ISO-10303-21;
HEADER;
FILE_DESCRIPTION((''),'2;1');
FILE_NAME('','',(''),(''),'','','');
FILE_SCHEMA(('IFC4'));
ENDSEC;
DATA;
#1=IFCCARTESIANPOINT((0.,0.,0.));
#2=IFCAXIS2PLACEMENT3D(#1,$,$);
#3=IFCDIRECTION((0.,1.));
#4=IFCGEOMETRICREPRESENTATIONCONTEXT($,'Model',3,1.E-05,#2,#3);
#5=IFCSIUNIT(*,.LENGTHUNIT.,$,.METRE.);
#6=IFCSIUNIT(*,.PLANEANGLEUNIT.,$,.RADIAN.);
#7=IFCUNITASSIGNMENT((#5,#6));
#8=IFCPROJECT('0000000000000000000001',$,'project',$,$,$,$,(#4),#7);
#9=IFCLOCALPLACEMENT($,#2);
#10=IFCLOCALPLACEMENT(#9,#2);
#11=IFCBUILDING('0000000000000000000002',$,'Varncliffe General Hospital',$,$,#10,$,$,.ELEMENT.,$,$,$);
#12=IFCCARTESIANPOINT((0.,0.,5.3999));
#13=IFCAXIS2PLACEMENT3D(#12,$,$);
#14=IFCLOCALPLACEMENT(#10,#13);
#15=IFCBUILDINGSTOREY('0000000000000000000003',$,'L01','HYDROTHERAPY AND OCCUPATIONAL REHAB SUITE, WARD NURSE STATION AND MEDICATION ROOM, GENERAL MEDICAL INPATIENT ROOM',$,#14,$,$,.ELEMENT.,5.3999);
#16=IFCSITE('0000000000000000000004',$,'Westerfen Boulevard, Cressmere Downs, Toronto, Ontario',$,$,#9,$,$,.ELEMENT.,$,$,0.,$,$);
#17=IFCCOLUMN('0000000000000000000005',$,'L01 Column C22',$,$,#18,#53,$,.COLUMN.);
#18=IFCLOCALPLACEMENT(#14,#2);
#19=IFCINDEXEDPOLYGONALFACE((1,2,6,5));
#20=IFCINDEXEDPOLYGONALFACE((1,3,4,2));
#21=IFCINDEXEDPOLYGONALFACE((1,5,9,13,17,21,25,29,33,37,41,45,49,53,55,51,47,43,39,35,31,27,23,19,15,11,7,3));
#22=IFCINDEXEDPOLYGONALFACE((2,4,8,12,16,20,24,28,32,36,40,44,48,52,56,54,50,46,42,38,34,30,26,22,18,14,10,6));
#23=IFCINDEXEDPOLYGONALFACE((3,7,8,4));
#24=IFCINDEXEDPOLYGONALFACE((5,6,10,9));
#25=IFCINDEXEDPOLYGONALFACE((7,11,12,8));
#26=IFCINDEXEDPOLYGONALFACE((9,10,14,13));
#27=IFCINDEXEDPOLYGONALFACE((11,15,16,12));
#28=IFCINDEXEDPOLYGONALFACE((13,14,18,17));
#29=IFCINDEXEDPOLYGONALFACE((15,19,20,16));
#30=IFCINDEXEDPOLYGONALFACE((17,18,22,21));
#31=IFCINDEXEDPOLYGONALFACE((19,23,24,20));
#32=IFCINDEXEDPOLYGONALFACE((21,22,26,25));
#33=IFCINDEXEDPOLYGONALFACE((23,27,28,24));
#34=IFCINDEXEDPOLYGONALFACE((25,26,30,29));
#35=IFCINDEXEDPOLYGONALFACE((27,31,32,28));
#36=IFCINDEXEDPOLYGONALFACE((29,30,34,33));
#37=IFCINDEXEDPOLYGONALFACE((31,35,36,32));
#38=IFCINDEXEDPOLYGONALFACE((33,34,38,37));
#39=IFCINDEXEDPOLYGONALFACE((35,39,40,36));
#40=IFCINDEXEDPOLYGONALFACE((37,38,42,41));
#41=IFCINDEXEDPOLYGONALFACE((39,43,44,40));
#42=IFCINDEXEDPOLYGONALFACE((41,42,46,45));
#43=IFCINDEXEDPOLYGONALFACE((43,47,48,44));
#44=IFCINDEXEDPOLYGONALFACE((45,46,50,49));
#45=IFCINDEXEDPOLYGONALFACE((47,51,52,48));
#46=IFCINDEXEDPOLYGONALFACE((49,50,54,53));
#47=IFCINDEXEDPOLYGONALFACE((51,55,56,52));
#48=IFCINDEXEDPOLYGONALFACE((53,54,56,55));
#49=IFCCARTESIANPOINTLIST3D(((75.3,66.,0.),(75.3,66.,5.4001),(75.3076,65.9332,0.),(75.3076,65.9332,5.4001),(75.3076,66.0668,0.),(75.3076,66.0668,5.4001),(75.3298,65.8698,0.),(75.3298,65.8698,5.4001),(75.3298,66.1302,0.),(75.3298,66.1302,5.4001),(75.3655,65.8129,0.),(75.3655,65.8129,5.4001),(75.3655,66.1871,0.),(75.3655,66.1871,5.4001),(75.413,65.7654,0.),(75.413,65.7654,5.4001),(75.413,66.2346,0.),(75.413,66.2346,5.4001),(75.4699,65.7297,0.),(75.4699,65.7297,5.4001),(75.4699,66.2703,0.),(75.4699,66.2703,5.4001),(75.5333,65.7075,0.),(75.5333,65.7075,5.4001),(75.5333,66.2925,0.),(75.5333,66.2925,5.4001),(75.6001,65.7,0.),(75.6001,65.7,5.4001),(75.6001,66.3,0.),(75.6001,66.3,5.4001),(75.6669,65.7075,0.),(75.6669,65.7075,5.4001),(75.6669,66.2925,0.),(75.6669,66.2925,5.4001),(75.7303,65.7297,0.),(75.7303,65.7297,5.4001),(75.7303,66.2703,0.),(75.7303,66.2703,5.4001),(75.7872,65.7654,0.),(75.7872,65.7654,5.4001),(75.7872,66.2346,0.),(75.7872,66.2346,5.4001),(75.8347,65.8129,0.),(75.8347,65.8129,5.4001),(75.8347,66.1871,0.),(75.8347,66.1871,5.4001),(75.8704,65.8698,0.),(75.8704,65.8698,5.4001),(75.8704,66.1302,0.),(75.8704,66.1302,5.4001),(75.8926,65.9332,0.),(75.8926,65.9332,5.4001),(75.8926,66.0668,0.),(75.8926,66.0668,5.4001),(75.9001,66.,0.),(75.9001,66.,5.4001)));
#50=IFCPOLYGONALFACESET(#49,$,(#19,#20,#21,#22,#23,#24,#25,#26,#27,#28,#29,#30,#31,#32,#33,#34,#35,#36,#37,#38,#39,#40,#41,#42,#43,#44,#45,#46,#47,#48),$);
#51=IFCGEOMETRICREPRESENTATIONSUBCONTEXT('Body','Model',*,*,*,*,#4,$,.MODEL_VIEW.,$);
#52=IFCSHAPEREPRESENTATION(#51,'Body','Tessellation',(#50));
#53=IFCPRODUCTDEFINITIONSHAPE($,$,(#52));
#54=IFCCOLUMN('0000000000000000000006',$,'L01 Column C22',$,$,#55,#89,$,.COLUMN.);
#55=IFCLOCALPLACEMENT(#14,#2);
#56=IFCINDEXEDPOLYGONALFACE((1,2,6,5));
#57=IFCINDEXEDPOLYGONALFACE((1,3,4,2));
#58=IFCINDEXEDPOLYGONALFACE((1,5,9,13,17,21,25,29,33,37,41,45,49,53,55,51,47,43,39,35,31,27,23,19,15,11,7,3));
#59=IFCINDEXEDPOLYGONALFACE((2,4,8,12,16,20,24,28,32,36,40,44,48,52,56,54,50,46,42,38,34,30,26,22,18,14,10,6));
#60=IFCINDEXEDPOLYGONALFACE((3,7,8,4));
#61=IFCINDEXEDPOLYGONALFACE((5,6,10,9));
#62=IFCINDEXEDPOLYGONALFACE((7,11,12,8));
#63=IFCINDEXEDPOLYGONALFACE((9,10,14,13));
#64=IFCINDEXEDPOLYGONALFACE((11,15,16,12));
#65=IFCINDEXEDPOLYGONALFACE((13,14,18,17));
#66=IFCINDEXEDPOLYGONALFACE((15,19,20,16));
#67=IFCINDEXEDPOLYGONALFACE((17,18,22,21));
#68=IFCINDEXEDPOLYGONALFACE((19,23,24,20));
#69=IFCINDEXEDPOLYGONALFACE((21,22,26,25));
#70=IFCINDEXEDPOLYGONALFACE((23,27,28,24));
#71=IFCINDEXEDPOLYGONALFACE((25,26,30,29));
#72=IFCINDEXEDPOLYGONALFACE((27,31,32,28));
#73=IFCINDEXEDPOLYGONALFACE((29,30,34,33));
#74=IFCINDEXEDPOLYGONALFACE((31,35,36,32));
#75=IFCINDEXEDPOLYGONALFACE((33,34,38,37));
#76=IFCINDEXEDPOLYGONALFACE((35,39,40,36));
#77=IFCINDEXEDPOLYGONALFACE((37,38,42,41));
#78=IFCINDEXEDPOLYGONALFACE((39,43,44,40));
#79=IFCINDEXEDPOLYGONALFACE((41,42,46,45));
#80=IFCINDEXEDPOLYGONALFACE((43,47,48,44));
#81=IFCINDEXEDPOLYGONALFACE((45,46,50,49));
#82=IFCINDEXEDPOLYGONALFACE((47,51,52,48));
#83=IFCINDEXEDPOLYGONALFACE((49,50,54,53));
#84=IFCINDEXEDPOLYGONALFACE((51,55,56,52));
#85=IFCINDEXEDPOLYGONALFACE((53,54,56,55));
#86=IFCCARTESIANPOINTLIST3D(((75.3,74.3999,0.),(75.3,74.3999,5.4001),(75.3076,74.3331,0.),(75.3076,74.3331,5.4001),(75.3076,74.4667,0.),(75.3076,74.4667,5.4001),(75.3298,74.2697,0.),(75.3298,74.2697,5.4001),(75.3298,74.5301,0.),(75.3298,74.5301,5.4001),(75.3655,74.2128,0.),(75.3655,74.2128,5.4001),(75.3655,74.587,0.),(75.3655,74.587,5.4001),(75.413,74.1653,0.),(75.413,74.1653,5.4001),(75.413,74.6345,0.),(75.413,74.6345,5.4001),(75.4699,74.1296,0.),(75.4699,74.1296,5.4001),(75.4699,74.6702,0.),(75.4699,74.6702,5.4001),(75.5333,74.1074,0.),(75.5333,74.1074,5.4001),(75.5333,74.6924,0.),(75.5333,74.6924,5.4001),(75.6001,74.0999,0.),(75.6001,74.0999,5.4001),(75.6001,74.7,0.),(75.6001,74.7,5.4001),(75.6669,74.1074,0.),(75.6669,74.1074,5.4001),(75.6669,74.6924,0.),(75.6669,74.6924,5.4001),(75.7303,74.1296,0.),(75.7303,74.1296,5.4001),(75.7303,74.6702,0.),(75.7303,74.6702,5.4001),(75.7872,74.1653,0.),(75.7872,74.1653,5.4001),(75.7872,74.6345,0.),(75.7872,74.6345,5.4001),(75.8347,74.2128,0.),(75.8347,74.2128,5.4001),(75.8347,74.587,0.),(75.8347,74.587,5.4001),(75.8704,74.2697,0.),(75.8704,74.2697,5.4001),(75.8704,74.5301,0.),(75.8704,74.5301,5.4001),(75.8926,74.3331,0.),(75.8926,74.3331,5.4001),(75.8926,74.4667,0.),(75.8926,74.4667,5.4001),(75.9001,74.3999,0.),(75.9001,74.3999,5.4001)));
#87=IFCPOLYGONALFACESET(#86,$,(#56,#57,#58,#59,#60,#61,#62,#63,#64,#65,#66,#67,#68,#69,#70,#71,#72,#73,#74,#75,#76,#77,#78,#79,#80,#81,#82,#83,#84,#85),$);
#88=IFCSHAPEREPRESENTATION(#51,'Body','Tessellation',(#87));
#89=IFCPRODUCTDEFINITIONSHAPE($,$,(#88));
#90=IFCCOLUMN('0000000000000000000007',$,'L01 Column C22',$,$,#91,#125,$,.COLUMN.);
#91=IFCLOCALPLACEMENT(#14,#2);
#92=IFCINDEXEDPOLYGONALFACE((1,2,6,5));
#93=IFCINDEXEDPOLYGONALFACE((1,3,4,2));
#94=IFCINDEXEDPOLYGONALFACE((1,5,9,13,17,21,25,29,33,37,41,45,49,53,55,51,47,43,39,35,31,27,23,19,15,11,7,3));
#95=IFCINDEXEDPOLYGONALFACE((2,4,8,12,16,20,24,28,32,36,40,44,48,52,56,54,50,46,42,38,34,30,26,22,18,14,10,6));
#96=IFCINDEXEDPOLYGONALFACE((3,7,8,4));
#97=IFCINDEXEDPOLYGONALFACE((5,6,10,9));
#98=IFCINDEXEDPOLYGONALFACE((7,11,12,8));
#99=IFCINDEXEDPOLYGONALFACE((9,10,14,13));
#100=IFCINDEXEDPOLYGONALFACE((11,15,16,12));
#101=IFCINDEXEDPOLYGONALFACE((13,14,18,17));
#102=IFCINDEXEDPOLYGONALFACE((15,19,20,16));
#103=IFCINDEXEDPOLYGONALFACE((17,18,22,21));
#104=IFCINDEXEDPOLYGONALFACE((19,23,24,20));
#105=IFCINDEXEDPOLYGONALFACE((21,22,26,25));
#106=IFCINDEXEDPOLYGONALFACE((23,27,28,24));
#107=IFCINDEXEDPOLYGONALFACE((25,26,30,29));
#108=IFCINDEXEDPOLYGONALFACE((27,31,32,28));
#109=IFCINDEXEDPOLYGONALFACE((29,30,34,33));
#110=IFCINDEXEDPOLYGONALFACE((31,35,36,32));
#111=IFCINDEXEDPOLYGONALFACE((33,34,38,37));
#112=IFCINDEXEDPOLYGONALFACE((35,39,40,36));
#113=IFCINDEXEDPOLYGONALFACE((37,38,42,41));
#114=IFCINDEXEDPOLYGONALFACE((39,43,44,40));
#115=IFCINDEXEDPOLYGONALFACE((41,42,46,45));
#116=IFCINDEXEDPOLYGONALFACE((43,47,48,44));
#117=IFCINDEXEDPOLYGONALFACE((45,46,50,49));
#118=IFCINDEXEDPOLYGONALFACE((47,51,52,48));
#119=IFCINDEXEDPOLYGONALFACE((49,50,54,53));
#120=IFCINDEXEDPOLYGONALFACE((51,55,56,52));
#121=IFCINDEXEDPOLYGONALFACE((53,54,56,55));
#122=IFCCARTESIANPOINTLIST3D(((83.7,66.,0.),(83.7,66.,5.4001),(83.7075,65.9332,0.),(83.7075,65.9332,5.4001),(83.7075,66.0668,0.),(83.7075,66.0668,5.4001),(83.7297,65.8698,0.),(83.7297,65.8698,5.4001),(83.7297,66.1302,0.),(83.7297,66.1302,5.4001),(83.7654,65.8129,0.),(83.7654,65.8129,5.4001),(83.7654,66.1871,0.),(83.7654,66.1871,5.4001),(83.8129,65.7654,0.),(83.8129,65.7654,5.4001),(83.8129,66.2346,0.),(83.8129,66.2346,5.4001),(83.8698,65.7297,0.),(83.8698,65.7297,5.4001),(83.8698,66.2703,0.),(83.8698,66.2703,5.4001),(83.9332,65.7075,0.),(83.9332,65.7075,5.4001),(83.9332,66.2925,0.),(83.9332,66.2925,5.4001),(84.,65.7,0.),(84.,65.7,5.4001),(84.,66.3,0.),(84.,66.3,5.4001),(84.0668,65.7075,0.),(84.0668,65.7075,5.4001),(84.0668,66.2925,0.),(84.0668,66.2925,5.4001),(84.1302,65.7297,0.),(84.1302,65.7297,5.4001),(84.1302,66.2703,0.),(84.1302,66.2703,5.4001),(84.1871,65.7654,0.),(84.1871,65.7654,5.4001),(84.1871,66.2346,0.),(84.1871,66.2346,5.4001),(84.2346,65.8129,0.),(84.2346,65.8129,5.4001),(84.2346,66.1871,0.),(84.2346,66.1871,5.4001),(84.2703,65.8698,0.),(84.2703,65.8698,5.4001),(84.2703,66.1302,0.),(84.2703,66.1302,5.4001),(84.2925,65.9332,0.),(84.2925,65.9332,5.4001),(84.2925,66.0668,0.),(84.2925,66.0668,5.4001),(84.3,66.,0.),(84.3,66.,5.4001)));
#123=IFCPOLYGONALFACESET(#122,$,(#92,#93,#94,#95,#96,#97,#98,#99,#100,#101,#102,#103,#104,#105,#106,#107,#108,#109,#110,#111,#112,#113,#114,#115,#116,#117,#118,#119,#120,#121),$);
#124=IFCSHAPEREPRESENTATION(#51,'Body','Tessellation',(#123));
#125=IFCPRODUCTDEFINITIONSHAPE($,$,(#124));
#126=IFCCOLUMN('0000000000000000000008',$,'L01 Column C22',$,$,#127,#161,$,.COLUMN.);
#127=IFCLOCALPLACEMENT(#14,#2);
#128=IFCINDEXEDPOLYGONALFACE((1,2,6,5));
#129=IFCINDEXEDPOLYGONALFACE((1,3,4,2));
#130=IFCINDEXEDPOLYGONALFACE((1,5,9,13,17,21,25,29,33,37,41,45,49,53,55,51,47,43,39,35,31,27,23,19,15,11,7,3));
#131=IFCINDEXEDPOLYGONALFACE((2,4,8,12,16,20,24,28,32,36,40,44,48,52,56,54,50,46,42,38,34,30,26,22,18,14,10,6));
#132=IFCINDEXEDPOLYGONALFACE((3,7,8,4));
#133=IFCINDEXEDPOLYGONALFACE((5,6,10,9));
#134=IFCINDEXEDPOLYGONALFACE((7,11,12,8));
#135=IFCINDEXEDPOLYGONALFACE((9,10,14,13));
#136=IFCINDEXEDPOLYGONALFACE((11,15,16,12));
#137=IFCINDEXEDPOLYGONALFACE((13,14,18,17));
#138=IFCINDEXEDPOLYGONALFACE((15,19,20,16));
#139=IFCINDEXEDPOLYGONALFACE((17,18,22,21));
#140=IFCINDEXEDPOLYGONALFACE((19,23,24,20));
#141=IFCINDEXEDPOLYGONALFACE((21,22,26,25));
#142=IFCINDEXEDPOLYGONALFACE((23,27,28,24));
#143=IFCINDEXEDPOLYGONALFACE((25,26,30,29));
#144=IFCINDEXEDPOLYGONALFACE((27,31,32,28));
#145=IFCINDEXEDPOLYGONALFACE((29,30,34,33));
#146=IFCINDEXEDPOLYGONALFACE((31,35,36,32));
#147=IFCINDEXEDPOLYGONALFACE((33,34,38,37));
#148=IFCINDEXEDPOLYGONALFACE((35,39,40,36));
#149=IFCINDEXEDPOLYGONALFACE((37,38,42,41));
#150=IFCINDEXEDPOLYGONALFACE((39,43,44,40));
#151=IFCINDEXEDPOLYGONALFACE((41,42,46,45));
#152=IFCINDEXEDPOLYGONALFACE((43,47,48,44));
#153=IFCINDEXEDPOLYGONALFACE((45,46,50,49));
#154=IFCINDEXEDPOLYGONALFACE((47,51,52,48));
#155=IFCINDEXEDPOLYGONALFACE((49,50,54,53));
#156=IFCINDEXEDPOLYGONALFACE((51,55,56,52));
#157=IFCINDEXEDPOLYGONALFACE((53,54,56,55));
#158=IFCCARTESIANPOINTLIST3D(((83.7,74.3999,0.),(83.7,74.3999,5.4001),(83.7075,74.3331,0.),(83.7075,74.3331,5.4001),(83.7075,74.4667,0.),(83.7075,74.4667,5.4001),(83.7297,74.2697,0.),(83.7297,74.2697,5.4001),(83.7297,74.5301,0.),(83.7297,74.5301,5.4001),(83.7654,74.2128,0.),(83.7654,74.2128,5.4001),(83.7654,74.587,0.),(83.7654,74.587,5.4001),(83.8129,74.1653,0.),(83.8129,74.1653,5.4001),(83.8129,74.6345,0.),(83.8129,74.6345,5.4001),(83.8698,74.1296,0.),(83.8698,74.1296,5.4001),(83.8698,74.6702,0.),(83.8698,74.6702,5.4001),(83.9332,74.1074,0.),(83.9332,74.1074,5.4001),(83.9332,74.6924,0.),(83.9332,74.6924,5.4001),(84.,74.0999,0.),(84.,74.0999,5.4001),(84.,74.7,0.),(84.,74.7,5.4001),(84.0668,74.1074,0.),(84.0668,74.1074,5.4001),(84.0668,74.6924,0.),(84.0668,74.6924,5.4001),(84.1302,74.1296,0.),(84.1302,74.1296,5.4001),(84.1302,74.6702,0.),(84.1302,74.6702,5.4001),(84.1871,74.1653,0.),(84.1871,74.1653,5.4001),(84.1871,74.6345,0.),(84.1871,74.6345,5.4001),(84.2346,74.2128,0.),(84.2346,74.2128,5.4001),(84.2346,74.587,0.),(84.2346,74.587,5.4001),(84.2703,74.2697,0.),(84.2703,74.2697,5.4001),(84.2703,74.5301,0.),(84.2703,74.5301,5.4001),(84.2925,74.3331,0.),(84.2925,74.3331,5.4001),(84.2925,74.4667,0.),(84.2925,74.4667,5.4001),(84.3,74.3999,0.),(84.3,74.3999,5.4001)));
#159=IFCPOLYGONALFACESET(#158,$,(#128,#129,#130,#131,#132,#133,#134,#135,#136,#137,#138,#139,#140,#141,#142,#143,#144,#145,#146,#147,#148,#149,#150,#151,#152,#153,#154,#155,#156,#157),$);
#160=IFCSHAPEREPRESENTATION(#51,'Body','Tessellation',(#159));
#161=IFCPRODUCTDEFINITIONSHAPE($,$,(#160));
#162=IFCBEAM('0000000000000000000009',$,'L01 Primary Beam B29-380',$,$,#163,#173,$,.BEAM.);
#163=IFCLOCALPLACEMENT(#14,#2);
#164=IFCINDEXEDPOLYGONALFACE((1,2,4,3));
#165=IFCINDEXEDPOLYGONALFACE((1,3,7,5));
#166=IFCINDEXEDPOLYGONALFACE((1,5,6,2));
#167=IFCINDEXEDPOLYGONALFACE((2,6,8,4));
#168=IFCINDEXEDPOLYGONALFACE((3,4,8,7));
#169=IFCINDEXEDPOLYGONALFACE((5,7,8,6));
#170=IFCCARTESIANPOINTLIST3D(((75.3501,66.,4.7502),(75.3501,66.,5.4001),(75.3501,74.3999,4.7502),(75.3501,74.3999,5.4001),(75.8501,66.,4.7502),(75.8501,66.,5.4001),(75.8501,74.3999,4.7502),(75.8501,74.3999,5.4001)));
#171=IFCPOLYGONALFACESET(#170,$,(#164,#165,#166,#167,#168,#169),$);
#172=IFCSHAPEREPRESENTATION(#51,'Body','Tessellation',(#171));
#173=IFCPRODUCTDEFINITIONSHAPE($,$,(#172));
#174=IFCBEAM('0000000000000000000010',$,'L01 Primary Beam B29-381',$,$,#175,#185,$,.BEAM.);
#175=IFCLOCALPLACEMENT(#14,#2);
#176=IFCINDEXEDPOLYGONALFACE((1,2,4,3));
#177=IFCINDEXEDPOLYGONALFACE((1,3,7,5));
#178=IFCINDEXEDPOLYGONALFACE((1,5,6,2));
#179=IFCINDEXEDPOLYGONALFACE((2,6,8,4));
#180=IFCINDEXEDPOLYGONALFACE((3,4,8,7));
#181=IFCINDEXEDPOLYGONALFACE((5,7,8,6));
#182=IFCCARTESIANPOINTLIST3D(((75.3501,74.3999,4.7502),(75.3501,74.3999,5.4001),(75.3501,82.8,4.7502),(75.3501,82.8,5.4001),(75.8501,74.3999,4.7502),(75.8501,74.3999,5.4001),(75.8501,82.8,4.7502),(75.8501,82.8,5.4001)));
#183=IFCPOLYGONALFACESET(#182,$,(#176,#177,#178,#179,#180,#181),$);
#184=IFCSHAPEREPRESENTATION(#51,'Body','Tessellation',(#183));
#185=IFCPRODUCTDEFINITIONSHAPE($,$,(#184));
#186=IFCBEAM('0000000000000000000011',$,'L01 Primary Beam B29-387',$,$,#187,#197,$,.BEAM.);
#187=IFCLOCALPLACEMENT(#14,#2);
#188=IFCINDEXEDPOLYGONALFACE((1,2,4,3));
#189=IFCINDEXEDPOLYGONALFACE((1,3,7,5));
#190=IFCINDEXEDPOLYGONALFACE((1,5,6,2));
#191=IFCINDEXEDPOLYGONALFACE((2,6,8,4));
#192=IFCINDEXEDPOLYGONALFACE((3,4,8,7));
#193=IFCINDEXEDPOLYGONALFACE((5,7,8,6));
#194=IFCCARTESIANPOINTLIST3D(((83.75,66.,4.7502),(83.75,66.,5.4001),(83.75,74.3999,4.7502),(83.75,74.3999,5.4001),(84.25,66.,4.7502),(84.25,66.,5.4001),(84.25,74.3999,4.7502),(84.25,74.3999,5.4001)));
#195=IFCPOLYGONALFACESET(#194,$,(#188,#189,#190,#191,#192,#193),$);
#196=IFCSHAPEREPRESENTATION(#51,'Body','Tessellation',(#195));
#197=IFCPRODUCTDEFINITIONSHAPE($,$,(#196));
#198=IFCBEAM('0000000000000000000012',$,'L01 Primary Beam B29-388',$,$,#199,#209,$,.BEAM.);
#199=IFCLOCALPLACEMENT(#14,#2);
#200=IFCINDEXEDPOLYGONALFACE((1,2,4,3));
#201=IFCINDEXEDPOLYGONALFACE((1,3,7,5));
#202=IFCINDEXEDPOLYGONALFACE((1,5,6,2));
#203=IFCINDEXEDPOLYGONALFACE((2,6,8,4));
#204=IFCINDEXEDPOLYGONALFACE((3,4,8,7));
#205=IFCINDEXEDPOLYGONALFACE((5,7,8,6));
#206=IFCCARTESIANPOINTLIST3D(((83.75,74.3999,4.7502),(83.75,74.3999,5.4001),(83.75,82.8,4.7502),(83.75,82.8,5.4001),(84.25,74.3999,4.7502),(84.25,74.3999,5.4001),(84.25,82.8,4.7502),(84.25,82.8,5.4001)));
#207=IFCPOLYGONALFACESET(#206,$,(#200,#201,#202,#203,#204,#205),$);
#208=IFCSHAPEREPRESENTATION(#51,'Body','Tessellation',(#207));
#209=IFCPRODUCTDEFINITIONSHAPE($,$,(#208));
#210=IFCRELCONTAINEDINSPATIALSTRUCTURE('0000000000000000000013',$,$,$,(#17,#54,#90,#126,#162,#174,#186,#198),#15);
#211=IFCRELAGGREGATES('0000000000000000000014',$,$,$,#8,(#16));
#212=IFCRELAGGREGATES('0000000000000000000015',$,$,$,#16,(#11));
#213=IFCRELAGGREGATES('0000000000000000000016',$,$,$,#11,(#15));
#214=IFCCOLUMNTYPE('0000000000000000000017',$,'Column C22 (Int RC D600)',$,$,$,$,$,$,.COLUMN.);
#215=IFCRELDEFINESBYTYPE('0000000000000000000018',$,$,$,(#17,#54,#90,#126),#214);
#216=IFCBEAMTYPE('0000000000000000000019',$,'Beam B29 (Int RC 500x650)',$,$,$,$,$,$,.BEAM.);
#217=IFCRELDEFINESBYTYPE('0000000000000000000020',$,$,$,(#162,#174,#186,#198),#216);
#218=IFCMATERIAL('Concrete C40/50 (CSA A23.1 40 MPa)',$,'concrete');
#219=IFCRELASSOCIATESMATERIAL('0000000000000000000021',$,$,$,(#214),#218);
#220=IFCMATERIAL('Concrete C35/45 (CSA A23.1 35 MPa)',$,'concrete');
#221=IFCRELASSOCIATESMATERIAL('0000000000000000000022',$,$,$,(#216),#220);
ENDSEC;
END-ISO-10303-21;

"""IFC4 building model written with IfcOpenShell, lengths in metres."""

from ifc_helpers import new_model, si_unit, direction, frame, origin, origin_2d, place, context, subcontext, project, spatial, rectangle, circle, extrude, material, material_profile, profile_set, type_object, element, save


model = new_model("IFC4")

# Units and contexts
model_context = context("Model", 3, precision=1e-05, world=origin(), true_north=direction((0.0, 1.0)))
body_context = subcontext(model_context, "Body", "Model", "MODEL_VIEW")
ifc_project = project(units=[si_unit("LENGTHUNIT", "METRE"), si_unit("PLANEANGLEUNIT", "RADIAN")], contexts=[model_context])

# Site, building, storey
site_placement = place(None, origin())
site = spatial("IfcSite", under=ifc_project, at=site_placement, Name="Westerfen Boulevard, Cressmere Downs, Toronto, Ontario", CompositionType="ELEMENT", RefElevation=0.0)
building_placement = place(site_placement, origin())
building = spatial("IfcBuilding", under=site, at=building_placement, Name="Varncliffe General Hospital", CompositionType="ELEMENT")
storey_placement = place(building_placement, frame((0.0, 0.0, 5.3999)))
storey = spatial("IfcBuildingStorey", under=building, at=storey_placement, Name="L01", Description="HYDROTHERAPY AND OCCUPATIONAL REHAB SUITE, WARD NURSE STATION AND MEDICATION ROOM, GENERAL MEDICAL INPATIENT ROOM", CompositionType="ELEMENT", Elevation=5.3999)

# Columns
ifc_material_1 = material(Name="Concrete C40/50 (CSA A23.1 40 MPa)", Category="concrete")
ifc_material_profile_1 = material_profile(ifc_material_1, circle(Radius=0.3, at=origin_2d()), Name="RC D600")
ifc_profile_set_1 = profile_set([ifc_material_profile_1], Name="Concrete C40/50 (CSA A23.1 40 MPa)")
column_type = type_object("IfcColumnType", Name="Column C22 (Int RC D600)", PredefinedType="COLUMN", material=ifc_profile_set_1)
for number, where, z_axis, x_axis, name in (
    (1, (75.6001, 66.0, 0.0), (0.0, 0.0, 1.0), (1.0, 0.0, 0.0), "L01 Column C22"),
    (2, (75.6001, 74.3999, 0.0), (0.0, 0.0, 1.0), (1.0, 0.0, 0.0), "L01 Column C22"),
    (3, (84.0, 66.0, 0.0), (0.0, 0.0, 1.0), (1.0, 0.0, 0.0), "L01 Column C22"),
    (4, (84.0, 74.3999, 0.0), (0.0, 0.0, 1.0), (1.0, 0.0, 0.0), "L01 Column C22"),
):
    element("IfcColumn", number, at=place(storey_placement, frame(where, z_axis=z_axis, x_axis=x_axis)), inside=storey, type_object=column_type, Name=name, PredefinedType="COLUMN", context=body_context, shape_type="SweptSolid", body=[
        extrude(circle(Radius=0.3, at=origin_2d()), origin(), (0.0, 0.0, 1.0), 5.4001),
    ])

# Beams
ifc_material_2 = material(Name="Concrete C35/45 (CSA A23.1 35 MPa)", Category="concrete")
ifc_material_profile_2 = material_profile(ifc_material_2, rectangle(XDim=0.5, YDim=0.6499, at=origin_2d()), Name="RC 500x650")
ifc_profile_set_2 = profile_set([ifc_material_profile_2], Name="Concrete C35/45 (CSA A23.1 35 MPa)")
beam_type_1 = type_object("IfcBeamType", Name="Beam B29 (Int RC 500x650)", PredefinedType="BEAM", material=ifc_profile_set_2)
beam_1_placement = place(storey_placement, frame((75.6001, 66.0, 5.0752), z_axis=(0.0, 1.0, 0.0), x_axis=(-1.0, 0.0, 0.0)))
element("IfcBeam", 5, at=beam_1_placement, inside=storey, type_object=beam_type_1, Name="L01 Primary Beam B29-380", PredefinedType="BEAM", context=body_context, shape_type="SweptSolid", body=[
    extrude(rectangle(XDim=0.5, YDim=0.6499, at=origin_2d()), origin(), (0.0, 0.0, 1.0), 8.3999),
])
beam_2_placement = place(storey_placement, frame((75.6001, 74.3999, 5.0752), z_axis=(0.0, 1.0, 0.0), x_axis=(-1.0, 0.0, 0.0)))
element("IfcBeam", 6, at=beam_2_placement, inside=storey, type_object=beam_type_1, Name="L01 Primary Beam B29-381", PredefinedType="BEAM", context=body_context, shape_type="SweptSolid", body=[
    extrude(rectangle(XDim=0.5, YDim=0.6499, at=origin_2d()), origin(), (0.0, 0.0, 1.0), 8.4001),
])
beam_3_placement = place(storey_placement, frame((84.0, 66.0, 5.0752), z_axis=(0.0, 1.0, 0.0), x_axis=(-1.0, 0.0, 0.0)))
element("IfcBeam", 7, at=beam_3_placement, inside=storey, type_object=beam_type_1, Name="L01 Primary Beam B29-387", PredefinedType="BEAM", context=body_context, shape_type="SweptSolid", body=[
    extrude(rectangle(XDim=0.5, YDim=0.6499, at=origin_2d()), origin(), (0.0, 0.0, 1.0), 8.3999),
])
beam_4_placement = place(storey_placement, frame((84.0, 74.3999, 5.0752), z_axis=(0.0, 1.0, 0.0), x_axis=(-1.0, 0.0, 0.0)))
element("IfcBeam", 8, at=beam_4_placement, inside=storey, type_object=beam_type_1, Name="L01 Primary Beam B29-388", PredefinedType="BEAM", context=body_context, shape_type="SweptSolid", body=[
    extrude(rectangle(XDim=0.5, YDim=0.6499, at=origin_2d()), origin(), (0.0, 0.0, 1.0), 8.4001),
])

save(model, "model.ifc")
